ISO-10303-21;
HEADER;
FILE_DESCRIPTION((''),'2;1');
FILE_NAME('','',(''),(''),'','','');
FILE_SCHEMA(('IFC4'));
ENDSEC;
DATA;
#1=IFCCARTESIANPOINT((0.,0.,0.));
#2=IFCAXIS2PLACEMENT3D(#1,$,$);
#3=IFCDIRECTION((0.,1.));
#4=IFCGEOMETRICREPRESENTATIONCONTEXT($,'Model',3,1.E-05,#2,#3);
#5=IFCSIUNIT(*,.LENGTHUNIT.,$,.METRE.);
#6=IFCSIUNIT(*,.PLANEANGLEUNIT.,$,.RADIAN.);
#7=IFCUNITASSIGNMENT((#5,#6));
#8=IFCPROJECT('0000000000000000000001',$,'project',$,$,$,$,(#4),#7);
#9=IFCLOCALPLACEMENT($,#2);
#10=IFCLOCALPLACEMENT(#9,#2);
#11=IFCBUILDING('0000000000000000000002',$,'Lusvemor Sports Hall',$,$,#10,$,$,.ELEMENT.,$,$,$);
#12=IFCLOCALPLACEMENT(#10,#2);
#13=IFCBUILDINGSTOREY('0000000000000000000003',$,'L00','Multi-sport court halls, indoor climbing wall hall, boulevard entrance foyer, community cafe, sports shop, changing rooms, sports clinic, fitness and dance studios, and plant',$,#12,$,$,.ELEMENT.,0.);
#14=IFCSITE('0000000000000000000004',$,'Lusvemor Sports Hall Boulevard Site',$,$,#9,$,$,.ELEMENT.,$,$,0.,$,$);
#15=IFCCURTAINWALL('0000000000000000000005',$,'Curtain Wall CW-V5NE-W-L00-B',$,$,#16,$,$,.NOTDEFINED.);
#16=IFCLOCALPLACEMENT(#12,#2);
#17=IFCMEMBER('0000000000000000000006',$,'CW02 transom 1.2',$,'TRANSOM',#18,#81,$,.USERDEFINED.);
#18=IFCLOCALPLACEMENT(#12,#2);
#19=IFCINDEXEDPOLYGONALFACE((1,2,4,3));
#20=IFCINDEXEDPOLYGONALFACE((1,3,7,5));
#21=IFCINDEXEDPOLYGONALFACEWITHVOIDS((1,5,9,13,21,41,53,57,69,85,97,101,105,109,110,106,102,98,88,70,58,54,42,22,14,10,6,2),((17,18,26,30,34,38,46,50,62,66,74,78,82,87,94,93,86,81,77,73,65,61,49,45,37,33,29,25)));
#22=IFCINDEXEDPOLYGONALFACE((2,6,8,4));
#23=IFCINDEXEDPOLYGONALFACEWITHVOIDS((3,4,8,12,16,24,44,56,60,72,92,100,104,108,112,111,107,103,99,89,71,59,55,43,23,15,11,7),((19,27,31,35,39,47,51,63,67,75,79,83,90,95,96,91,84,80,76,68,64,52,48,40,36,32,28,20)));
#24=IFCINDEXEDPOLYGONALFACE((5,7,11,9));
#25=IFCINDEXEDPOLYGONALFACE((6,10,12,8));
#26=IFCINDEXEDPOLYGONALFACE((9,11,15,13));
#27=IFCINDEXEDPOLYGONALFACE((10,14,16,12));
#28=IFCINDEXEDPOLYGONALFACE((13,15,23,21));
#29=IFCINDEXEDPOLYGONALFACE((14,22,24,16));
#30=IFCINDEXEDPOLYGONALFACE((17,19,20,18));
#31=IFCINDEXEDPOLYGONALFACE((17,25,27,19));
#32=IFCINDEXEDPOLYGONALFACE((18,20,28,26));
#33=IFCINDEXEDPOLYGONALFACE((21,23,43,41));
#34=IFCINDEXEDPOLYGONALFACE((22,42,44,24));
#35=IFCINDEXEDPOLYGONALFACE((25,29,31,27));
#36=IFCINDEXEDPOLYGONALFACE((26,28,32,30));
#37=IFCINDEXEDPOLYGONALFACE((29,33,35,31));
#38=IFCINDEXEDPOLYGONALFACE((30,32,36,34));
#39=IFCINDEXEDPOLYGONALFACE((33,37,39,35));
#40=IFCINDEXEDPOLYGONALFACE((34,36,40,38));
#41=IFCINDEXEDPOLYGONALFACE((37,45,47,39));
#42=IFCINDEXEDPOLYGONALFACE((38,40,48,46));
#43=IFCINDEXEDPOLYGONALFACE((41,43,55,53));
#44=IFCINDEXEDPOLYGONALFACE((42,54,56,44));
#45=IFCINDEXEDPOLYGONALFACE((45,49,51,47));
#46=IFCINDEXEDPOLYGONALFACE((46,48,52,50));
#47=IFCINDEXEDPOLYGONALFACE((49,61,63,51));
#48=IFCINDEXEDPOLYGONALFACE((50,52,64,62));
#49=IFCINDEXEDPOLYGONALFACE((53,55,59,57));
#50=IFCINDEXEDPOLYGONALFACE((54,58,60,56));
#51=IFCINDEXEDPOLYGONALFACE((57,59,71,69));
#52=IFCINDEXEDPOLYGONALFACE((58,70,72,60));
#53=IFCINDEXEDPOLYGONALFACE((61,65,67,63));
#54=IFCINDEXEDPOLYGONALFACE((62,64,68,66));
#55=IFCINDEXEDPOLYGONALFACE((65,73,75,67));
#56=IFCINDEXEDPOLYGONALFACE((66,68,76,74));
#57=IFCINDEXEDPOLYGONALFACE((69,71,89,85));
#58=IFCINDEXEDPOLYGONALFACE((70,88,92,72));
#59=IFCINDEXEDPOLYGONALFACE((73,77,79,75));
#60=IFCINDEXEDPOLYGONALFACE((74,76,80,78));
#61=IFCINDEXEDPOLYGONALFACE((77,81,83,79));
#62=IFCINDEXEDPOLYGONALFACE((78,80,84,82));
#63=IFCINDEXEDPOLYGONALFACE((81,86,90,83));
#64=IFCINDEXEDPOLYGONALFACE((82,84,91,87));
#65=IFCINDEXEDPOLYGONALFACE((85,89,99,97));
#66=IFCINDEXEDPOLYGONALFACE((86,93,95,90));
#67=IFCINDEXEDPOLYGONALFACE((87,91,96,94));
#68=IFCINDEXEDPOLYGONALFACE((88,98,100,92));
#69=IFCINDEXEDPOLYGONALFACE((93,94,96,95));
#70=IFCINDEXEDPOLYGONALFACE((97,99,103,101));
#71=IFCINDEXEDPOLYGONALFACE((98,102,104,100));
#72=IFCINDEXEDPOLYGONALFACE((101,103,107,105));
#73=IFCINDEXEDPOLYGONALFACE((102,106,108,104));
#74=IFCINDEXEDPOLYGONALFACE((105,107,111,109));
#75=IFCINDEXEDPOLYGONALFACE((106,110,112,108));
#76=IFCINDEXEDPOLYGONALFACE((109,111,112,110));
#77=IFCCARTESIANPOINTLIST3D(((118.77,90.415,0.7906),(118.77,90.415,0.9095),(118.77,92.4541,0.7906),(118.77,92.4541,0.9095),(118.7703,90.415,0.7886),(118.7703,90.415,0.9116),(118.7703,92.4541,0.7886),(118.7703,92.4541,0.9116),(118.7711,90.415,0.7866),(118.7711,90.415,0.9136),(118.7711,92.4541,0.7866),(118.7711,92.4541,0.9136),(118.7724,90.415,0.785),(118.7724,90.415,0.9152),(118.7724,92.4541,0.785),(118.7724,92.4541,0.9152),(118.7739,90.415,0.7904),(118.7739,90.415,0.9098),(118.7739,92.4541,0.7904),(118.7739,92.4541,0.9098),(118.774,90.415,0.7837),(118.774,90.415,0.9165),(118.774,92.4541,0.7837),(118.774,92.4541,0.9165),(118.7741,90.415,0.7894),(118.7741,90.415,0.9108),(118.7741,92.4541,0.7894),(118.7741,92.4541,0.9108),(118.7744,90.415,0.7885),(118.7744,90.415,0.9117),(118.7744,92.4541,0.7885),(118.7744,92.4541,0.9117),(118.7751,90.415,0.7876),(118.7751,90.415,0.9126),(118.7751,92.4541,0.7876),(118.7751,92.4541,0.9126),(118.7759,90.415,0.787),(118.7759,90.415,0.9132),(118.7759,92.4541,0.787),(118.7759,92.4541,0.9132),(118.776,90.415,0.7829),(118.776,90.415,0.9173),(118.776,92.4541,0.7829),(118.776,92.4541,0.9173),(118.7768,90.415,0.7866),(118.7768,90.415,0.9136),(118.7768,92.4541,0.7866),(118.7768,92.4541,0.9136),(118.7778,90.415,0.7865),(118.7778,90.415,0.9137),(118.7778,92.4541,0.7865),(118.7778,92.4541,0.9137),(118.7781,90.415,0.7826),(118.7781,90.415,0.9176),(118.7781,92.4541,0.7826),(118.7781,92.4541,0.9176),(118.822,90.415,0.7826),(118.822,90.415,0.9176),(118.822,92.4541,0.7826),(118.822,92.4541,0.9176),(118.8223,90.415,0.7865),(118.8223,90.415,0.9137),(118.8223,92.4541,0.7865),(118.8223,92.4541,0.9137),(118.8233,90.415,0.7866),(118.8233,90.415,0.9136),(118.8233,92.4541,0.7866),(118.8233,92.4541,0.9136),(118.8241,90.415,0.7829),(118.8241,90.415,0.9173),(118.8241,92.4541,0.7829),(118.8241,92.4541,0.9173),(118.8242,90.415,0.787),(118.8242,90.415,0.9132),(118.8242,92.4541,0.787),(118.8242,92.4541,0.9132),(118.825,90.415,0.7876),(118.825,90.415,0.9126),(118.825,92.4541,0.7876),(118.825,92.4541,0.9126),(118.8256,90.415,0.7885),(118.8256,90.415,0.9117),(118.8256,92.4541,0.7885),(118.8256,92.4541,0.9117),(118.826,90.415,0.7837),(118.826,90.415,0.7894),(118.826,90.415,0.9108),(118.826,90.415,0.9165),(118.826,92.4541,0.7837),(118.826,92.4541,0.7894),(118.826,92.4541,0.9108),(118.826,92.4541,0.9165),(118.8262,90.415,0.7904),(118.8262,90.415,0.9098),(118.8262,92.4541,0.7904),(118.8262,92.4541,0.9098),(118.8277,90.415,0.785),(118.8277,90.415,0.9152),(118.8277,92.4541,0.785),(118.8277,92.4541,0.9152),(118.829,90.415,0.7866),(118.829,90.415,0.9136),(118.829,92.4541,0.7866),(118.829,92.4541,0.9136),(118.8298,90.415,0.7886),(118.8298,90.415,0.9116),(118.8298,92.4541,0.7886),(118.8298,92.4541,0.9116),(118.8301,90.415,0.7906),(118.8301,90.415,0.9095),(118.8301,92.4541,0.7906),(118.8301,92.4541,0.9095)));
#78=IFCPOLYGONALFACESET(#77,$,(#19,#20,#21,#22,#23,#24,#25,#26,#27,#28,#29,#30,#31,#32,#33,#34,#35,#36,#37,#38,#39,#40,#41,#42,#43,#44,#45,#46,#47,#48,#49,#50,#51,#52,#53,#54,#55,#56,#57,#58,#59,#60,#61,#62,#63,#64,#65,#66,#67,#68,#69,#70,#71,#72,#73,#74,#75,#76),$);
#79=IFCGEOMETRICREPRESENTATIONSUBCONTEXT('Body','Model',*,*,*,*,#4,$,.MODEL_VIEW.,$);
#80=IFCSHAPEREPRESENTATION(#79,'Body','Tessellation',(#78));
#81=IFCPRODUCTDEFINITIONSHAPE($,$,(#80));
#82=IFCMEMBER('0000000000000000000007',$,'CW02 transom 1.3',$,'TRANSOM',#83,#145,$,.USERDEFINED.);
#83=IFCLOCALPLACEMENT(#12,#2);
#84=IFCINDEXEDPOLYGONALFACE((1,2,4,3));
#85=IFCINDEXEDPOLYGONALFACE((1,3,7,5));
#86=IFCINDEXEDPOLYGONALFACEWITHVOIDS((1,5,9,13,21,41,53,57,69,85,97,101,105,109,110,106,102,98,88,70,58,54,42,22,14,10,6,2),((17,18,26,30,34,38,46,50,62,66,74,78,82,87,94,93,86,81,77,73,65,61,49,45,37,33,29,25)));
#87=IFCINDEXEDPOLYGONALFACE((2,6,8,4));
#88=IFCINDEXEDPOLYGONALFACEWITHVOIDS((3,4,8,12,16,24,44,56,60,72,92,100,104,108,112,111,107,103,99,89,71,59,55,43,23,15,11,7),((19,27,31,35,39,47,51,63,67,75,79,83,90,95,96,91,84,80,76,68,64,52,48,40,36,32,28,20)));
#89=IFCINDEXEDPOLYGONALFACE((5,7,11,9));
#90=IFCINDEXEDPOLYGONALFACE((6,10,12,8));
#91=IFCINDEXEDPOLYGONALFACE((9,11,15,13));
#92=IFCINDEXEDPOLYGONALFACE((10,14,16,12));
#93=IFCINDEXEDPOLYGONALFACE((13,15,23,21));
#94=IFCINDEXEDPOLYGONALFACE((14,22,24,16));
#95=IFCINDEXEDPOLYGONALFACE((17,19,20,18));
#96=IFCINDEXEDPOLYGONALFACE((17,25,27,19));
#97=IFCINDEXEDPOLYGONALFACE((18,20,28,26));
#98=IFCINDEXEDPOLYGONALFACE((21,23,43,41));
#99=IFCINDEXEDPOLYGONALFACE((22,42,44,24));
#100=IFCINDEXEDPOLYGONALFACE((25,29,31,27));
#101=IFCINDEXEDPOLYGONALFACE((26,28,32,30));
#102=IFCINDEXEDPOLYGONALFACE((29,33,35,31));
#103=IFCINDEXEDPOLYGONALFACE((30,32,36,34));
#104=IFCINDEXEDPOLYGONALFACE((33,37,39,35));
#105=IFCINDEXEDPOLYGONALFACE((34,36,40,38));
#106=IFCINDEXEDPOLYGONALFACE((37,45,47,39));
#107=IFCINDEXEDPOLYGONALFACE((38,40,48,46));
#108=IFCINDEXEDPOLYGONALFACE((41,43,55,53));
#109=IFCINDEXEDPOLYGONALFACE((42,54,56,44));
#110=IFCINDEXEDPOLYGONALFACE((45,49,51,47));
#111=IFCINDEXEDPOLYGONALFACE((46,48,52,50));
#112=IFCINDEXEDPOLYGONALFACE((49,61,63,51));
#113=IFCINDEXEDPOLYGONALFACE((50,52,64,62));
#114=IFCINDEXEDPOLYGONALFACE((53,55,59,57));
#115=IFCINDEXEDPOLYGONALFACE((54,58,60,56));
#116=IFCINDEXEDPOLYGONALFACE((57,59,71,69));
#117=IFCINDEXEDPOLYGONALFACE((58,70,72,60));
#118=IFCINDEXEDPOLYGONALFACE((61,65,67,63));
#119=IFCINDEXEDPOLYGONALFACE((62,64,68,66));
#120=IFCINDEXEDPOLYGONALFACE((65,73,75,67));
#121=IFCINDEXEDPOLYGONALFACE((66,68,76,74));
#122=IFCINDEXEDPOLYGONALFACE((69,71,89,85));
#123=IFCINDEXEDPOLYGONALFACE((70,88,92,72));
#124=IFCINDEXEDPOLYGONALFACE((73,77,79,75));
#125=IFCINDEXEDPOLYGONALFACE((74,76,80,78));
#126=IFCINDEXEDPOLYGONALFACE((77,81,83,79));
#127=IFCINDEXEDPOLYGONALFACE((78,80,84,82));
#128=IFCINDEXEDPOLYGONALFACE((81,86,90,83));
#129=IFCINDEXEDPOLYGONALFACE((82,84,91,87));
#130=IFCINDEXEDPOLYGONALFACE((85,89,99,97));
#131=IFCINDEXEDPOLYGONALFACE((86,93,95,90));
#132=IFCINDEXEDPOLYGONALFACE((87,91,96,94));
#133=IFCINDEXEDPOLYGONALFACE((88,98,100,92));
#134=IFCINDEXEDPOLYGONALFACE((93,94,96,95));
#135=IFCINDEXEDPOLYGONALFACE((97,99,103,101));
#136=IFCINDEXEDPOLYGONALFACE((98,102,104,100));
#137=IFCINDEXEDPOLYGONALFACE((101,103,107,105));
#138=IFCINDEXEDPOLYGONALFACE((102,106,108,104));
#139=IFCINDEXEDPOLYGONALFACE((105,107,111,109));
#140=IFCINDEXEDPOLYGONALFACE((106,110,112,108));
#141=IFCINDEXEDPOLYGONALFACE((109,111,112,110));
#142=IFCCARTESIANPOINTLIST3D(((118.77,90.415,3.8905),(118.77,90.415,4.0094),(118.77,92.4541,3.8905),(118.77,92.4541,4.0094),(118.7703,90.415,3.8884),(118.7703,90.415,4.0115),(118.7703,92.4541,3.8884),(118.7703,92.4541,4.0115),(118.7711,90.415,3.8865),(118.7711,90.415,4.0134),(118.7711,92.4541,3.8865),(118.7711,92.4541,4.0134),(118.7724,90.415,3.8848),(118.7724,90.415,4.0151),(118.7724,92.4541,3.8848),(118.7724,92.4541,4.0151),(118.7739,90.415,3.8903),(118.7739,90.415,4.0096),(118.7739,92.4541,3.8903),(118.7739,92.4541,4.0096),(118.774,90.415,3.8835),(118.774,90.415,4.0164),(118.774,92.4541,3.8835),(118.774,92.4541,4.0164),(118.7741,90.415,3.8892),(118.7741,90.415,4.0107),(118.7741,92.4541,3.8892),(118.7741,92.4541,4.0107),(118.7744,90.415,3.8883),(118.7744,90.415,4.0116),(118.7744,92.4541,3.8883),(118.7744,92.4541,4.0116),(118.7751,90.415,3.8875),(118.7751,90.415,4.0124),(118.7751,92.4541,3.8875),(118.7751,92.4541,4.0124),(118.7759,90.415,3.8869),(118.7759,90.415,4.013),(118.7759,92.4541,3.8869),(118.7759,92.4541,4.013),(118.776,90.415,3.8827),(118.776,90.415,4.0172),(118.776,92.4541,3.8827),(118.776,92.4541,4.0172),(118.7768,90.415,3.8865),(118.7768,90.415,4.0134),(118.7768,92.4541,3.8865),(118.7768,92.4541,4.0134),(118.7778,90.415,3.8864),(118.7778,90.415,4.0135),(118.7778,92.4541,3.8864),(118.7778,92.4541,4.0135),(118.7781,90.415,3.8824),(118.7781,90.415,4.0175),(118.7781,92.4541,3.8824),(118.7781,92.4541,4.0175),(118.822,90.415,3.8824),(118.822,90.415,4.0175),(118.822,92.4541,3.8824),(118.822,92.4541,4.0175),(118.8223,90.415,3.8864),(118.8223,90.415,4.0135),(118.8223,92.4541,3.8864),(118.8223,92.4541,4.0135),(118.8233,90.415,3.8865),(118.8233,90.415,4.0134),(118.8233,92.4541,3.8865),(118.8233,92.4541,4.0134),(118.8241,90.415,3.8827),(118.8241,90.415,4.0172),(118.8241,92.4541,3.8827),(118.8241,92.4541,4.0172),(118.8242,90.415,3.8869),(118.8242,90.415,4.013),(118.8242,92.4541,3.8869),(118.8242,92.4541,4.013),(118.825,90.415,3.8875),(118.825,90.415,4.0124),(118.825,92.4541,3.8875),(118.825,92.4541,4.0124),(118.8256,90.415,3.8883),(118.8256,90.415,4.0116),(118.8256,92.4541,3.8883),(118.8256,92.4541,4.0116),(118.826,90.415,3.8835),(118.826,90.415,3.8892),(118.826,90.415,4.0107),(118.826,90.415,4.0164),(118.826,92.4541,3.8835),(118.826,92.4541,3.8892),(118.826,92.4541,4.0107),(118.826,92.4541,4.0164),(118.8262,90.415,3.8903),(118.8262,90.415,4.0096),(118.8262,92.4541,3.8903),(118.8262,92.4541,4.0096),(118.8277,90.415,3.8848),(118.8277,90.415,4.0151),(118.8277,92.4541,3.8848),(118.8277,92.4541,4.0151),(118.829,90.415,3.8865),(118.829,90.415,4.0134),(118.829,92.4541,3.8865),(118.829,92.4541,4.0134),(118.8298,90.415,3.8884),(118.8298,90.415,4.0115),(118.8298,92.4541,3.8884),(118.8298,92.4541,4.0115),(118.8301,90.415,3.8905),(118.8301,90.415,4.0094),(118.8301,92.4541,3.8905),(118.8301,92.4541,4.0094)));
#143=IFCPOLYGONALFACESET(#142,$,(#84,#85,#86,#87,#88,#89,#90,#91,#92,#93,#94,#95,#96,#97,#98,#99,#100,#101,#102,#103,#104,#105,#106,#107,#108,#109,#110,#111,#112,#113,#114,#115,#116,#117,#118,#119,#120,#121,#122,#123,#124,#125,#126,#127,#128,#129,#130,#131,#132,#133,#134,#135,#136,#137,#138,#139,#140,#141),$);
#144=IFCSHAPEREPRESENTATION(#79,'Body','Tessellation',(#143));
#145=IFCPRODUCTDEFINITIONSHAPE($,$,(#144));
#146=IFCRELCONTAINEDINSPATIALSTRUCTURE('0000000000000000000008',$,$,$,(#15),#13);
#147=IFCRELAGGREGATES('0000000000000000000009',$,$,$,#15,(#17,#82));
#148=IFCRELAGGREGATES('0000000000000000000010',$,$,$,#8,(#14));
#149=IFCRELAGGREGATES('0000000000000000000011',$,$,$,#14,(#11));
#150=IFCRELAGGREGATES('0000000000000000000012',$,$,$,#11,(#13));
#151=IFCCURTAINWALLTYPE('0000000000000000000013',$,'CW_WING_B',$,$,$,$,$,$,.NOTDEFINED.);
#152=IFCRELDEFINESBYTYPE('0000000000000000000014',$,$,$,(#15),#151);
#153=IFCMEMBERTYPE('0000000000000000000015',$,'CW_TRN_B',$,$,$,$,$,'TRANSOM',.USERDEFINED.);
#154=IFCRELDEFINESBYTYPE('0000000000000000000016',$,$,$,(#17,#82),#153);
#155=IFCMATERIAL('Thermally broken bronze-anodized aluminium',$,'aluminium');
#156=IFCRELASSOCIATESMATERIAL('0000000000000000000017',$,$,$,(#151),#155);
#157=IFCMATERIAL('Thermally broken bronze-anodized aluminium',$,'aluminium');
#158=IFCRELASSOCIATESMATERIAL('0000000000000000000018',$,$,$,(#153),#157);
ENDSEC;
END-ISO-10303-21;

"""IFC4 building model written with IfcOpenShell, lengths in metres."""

from ifc_helpers import new_model, si_unit, direction, frame, origin, origin_2d, place, context, subcontext, project, spatial, hollow_rectangle, extrude, material, material_profile, profile_set, type_object, element, aggregate, save


model = new_model("IFC4")

# Units and contexts
model_context = context("Model", 3, precision=1e-05, world=origin(), true_north=direction((0.0, 1.0)))
body_context = subcontext(model_context, "Body", "Model", "MODEL_VIEW")
ifc_project = project(units=[si_unit("LENGTHUNIT", "METRE"), si_unit("PLANEANGLEUNIT", "RADIAN")], contexts=[model_context])

# Site, building, storey
site_placement = place(None, origin())
site = spatial("IfcSite", under=ifc_project, at=site_placement, Name="Lusvemor Sports Hall Boulevard Site", CompositionType="ELEMENT", RefElevation=0.0)
building_placement = place(site_placement, origin())
building = spatial("IfcBuilding", under=site, at=building_placement, Name="Lusvemor Sports Hall", CompositionType="ELEMENT")
storey_placement = place(building_placement, origin())
storey = spatial("IfcBuildingStorey", under=building, at=storey_placement, Name="L00", Description="Multi-sport court halls, indoor climbing wall hall, boulevard entrance foyer, community cafe, sports shop, changing rooms, sports clinic, fitness and dance studios, and plant", CompositionType="ELEMENT", Elevation=0.0)

# Curtain wall, members
ifc_material_1 = material(Name="Thermally broken bronze-anodized aluminium", Category="aluminium")
curtain_wall_type = type_object("IfcCurtainWallType", Name="CW_WING_B", PredefinedType="NOTDEFINED", material=ifc_material_1)
curtain_wall_placement = place(storey_placement, origin())
curtain_wall = element("IfcCurtainWall", 1, at=curtain_wall_placement, inside=storey, type_object=curtain_wall_type, Name="Curtain Wall CW-V5NE-W-L00-B", PredefinedType="NOTDEFINED")
ifc_material_2 = material(Name="Thermally broken bronze-anodized aluminium", Category="aluminium")
ifc_material_profile_1 = material_profile(ifc_material_2, hollow_rectangle(XDim=0.0601, YDim=0.135, WallThickness=0.0039, InnerFilletRadius=0.0039, OuterFilletRadius=0.0081, at=origin_2d()), Name="CWTRN135x60x4")
ifc_profile_set_1 = profile_set([ifc_material_profile_1], Name="Thermally broken bronze-anodized aluminium")
member_type_1 = type_object("IfcMemberType", Name="CW_TRN_B", ElementType="TRANSOM", PredefinedType="USERDEFINED", material=ifc_profile_set_1)
member_1_placement = place(storey_placement, frame((118.8, 90.415, 0.8501), z_axis=(0.0, 1.0, 0.0), x_axis=(-1.0, 0.0, 0.0)))
member_1 = element("IfcMember", 2, at=member_1_placement, type_object=member_type_1, Name="CW02 transom 1.2", ObjectType="TRANSOM", PredefinedType="USERDEFINED", context=body_context, shape_type="SweptSolid", body=[
    extrude(hollow_rectangle(XDim=0.0601, YDim=0.135, WallThickness=0.0039, InnerFilletRadius=0.0039, OuterFilletRadius=0.0081, at=origin_2d()), origin(), (0.0, 0.0, 1.0), 2.0391),
])
member_2_placement = place(storey_placement, frame((118.8, 90.415, 3.95), z_axis=(0.0, 1.0, 0.0), x_axis=(-1.0, 0.0, 0.0)))
member_2 = element("IfcMember", 3, at=member_2_placement, type_object=member_type_1, Name="CW02 transom 1.3", ObjectType="TRANSOM", PredefinedType="USERDEFINED", context=body_context, shape_type="SweptSolid", body=[
    extrude(hollow_rectangle(XDim=0.0601, YDim=0.135, WallThickness=0.0039, InnerFilletRadius=0.0039, OuterFilletRadius=0.0081, at=origin_2d()), origin(), (0.0, 0.0, 1.0), 2.0391),
])
aggregate(curtain_wall, [member_1, member_2])

save(model, "model.ifc")
